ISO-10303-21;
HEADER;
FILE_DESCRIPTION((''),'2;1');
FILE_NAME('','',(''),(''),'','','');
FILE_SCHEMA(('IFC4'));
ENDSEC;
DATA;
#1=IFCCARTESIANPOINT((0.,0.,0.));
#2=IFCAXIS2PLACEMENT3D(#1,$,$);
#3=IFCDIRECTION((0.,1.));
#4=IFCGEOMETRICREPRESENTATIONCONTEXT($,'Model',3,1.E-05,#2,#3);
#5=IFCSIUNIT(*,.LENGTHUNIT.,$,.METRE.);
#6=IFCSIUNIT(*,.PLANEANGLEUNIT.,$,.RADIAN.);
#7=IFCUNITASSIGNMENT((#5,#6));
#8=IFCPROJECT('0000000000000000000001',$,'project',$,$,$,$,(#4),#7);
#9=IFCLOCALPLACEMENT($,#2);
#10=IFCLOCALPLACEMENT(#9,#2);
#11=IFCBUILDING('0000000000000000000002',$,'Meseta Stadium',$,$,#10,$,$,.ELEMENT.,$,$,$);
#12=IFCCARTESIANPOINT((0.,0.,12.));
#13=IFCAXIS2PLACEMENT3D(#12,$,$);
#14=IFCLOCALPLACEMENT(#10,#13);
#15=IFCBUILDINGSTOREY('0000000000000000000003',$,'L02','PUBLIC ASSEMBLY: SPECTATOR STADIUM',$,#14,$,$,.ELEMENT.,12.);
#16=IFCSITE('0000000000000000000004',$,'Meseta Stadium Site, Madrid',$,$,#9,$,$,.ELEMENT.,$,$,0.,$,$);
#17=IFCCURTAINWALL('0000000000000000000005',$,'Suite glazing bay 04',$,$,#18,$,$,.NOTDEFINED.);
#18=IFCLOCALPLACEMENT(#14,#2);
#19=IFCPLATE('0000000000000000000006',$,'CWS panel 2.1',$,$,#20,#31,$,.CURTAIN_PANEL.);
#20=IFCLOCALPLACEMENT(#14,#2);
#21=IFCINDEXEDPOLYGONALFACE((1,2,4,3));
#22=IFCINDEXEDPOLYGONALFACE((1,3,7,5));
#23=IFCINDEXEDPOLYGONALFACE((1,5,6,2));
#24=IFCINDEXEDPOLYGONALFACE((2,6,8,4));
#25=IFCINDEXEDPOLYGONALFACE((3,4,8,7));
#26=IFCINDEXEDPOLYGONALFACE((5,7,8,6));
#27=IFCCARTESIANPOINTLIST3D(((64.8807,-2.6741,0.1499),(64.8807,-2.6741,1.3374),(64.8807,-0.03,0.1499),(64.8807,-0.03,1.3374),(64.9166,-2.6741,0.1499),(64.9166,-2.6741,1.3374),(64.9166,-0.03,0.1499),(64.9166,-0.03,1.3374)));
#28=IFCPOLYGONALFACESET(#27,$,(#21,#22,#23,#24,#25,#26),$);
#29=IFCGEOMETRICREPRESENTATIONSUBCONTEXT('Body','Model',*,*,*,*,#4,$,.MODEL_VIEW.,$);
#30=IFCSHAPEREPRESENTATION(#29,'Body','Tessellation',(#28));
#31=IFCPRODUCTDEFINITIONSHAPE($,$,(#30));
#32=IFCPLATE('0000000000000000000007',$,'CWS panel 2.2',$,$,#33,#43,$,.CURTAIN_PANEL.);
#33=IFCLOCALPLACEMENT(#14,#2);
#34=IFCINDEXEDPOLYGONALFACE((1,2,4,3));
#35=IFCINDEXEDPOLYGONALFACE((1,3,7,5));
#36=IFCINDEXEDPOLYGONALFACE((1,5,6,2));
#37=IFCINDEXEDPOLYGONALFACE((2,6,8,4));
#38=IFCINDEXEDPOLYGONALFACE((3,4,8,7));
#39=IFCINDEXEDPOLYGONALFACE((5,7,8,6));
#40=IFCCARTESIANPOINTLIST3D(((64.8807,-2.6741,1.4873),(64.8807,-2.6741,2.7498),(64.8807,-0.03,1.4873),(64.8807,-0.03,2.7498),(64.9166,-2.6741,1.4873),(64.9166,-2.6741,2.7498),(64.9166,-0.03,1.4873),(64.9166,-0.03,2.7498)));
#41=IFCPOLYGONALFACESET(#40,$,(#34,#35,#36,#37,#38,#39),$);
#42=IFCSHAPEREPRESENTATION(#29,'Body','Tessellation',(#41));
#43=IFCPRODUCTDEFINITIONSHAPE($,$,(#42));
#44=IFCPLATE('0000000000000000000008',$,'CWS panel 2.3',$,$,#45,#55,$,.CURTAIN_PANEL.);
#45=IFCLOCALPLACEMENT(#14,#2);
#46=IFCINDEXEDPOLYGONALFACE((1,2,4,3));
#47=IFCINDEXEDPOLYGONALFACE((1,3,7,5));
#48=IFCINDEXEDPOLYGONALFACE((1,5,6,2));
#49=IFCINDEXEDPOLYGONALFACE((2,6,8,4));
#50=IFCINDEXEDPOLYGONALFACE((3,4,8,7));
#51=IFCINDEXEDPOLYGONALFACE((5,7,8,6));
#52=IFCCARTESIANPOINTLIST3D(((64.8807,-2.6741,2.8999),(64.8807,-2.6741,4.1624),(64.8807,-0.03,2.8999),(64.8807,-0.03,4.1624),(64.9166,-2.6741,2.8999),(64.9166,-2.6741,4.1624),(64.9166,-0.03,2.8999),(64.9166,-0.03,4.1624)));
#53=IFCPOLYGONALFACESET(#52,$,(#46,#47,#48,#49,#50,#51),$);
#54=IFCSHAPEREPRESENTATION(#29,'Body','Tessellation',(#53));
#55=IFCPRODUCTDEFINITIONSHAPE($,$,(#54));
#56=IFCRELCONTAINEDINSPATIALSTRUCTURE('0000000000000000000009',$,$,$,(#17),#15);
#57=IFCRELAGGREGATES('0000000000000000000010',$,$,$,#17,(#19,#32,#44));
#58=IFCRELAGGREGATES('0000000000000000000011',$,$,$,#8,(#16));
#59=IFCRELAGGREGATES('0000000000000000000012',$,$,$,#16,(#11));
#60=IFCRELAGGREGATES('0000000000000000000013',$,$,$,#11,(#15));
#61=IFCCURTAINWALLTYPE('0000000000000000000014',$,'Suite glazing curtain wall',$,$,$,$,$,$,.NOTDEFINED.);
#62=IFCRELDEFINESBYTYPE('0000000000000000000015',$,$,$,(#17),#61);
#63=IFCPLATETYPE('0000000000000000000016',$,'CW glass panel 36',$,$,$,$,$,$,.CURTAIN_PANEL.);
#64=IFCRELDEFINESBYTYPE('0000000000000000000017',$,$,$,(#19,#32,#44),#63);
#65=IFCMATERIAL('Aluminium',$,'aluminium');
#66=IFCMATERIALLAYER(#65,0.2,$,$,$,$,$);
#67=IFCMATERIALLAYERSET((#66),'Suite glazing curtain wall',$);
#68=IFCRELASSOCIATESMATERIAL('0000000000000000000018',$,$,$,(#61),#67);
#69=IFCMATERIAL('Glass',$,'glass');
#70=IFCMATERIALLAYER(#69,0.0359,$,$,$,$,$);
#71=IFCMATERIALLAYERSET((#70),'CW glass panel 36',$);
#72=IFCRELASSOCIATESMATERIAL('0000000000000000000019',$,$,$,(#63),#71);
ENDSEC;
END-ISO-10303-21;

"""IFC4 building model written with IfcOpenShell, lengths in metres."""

from ifc_helpers import new_model, si_unit, direction, frame, origin, origin_2d, place, context, subcontext, project, spatial, rectangle, extrude, material, layer, layer_set, type_object, element, aggregate, save


model = new_model("IFC4")

# Units and contexts
model_context = context("Model", 3, precision=1e-05, world=origin(), true_north=direction((0.0, 1.0)))
body_context = subcontext(model_context, "Body", "Model", "MODEL_VIEW")
ifc_project = project(units=[si_unit("LENGTHUNIT", "METRE"), si_unit("PLANEANGLEUNIT", "RADIAN")], contexts=[model_context])

# Site, building, storey
site_placement = place(None, origin())
site = spatial("IfcSite", under=ifc_project, at=site_placement, Name="Meseta Stadium Site, Madrid", CompositionType="ELEMENT", RefElevation=0.0)
building_placement = place(site_placement, origin())
building = spatial("IfcBuilding", under=site, at=building_placement, Name="Meseta Stadium", CompositionType="ELEMENT")
storey_placement = place(building_placement, frame((0.0, 0.0, 12.0)))
storey = spatial("IfcBuildingStorey", under=building, at=storey_placement, Name="L02", Description="PUBLIC ASSEMBLY: SPECTATOR STADIUM", CompositionType="ELEMENT", Elevation=12.0)

# Curtain wall, plates
ifc_material_1 = material(Name="Aluminium", Category="aluminium")
ifc_layer_1 = layer(ifc_material_1, 0.2)
ifc_layer_set_1 = layer_set([ifc_layer_1], Name="Suite glazing curtain wall")
curtain_wall_type = type_object("IfcCurtainWallType", Name="Suite glazing curtain wall", PredefinedType="NOTDEFINED", material=ifc_layer_set_1)
curtain_wall_placement = place(storey_placement, origin())
curtain_wall = element("IfcCurtainWall", 1, at=curtain_wall_placement, inside=storey, type_object=curtain_wall_type, Name="Suite glazing bay 04", PredefinedType="NOTDEFINED")
ifc_material_2 = material(Name="Glass", Category="glass")
ifc_layer_2 = layer(ifc_material_2, 0.0359)
ifc_layer_set_2 = layer_set([ifc_layer_2], Name="CW glass panel 36")
plate_type = type_object("IfcPlateType", Name="CW glass panel 36", PredefinedType="CURTAIN_PANEL", material=ifc_layer_set_2)
plate_1_placement = place(storey_placement, frame((64.8987, -1.3521, 0.1499), z_axis=(0.0, 0.0, 1.0), x_axis=(0.0, 1.0, 0.0)))
plate_1 = element("IfcPlate", 2, at=plate_1_placement, type_object=plate_type, Name="CWS panel 2.1", PredefinedType="CURTAIN_PANEL", context=body_context, shape_type="SweptSolid", body=[
    extrude(rectangle(XDim=2.644, YDim=0.0359, at=origin_2d()), origin(), (0.0, 0.0, 1.0), 1.1875),
])
plate_2_placement = place(storey_placement, frame((64.8987, -1.3521, 1.4873), z_axis=(0.0, 0.0, 1.0), x_axis=(0.0, 1.0, 0.0)))
plate_2 = element("IfcPlate", 3, at=plate_2_placement, type_object=plate_type, Name="CWS panel 2.2", PredefinedType="CURTAIN_PANEL", context=body_context, shape_type="SweptSolid", body=[
    extrude(rectangle(XDim=2.644, YDim=0.0359, at=origin_2d()), origin(), (0.0, 0.0, 1.0), 1.2625),
])
plate_3_placement = place(storey_placement, frame((64.8987, -1.3521, 2.8999), z_axis=(0.0, 0.0, 1.0), x_axis=(0.0, 1.0, 0.0)))
plate_3 = element("IfcPlate", 4, at=plate_3_placement, type_object=plate_type, Name="CWS panel 2.3", PredefinedType="CURTAIN_PANEL", context=body_context, shape_type="SweptSolid", body=[
    extrude(rectangle(XDim=2.644, YDim=0.0359, at=origin_2d()), origin(), (0.0, 0.0, 1.0), 1.2625),
])
aggregate(curtain_wall, [plate_1, plate_2, plate_3])

save(model, "model.ifc")
